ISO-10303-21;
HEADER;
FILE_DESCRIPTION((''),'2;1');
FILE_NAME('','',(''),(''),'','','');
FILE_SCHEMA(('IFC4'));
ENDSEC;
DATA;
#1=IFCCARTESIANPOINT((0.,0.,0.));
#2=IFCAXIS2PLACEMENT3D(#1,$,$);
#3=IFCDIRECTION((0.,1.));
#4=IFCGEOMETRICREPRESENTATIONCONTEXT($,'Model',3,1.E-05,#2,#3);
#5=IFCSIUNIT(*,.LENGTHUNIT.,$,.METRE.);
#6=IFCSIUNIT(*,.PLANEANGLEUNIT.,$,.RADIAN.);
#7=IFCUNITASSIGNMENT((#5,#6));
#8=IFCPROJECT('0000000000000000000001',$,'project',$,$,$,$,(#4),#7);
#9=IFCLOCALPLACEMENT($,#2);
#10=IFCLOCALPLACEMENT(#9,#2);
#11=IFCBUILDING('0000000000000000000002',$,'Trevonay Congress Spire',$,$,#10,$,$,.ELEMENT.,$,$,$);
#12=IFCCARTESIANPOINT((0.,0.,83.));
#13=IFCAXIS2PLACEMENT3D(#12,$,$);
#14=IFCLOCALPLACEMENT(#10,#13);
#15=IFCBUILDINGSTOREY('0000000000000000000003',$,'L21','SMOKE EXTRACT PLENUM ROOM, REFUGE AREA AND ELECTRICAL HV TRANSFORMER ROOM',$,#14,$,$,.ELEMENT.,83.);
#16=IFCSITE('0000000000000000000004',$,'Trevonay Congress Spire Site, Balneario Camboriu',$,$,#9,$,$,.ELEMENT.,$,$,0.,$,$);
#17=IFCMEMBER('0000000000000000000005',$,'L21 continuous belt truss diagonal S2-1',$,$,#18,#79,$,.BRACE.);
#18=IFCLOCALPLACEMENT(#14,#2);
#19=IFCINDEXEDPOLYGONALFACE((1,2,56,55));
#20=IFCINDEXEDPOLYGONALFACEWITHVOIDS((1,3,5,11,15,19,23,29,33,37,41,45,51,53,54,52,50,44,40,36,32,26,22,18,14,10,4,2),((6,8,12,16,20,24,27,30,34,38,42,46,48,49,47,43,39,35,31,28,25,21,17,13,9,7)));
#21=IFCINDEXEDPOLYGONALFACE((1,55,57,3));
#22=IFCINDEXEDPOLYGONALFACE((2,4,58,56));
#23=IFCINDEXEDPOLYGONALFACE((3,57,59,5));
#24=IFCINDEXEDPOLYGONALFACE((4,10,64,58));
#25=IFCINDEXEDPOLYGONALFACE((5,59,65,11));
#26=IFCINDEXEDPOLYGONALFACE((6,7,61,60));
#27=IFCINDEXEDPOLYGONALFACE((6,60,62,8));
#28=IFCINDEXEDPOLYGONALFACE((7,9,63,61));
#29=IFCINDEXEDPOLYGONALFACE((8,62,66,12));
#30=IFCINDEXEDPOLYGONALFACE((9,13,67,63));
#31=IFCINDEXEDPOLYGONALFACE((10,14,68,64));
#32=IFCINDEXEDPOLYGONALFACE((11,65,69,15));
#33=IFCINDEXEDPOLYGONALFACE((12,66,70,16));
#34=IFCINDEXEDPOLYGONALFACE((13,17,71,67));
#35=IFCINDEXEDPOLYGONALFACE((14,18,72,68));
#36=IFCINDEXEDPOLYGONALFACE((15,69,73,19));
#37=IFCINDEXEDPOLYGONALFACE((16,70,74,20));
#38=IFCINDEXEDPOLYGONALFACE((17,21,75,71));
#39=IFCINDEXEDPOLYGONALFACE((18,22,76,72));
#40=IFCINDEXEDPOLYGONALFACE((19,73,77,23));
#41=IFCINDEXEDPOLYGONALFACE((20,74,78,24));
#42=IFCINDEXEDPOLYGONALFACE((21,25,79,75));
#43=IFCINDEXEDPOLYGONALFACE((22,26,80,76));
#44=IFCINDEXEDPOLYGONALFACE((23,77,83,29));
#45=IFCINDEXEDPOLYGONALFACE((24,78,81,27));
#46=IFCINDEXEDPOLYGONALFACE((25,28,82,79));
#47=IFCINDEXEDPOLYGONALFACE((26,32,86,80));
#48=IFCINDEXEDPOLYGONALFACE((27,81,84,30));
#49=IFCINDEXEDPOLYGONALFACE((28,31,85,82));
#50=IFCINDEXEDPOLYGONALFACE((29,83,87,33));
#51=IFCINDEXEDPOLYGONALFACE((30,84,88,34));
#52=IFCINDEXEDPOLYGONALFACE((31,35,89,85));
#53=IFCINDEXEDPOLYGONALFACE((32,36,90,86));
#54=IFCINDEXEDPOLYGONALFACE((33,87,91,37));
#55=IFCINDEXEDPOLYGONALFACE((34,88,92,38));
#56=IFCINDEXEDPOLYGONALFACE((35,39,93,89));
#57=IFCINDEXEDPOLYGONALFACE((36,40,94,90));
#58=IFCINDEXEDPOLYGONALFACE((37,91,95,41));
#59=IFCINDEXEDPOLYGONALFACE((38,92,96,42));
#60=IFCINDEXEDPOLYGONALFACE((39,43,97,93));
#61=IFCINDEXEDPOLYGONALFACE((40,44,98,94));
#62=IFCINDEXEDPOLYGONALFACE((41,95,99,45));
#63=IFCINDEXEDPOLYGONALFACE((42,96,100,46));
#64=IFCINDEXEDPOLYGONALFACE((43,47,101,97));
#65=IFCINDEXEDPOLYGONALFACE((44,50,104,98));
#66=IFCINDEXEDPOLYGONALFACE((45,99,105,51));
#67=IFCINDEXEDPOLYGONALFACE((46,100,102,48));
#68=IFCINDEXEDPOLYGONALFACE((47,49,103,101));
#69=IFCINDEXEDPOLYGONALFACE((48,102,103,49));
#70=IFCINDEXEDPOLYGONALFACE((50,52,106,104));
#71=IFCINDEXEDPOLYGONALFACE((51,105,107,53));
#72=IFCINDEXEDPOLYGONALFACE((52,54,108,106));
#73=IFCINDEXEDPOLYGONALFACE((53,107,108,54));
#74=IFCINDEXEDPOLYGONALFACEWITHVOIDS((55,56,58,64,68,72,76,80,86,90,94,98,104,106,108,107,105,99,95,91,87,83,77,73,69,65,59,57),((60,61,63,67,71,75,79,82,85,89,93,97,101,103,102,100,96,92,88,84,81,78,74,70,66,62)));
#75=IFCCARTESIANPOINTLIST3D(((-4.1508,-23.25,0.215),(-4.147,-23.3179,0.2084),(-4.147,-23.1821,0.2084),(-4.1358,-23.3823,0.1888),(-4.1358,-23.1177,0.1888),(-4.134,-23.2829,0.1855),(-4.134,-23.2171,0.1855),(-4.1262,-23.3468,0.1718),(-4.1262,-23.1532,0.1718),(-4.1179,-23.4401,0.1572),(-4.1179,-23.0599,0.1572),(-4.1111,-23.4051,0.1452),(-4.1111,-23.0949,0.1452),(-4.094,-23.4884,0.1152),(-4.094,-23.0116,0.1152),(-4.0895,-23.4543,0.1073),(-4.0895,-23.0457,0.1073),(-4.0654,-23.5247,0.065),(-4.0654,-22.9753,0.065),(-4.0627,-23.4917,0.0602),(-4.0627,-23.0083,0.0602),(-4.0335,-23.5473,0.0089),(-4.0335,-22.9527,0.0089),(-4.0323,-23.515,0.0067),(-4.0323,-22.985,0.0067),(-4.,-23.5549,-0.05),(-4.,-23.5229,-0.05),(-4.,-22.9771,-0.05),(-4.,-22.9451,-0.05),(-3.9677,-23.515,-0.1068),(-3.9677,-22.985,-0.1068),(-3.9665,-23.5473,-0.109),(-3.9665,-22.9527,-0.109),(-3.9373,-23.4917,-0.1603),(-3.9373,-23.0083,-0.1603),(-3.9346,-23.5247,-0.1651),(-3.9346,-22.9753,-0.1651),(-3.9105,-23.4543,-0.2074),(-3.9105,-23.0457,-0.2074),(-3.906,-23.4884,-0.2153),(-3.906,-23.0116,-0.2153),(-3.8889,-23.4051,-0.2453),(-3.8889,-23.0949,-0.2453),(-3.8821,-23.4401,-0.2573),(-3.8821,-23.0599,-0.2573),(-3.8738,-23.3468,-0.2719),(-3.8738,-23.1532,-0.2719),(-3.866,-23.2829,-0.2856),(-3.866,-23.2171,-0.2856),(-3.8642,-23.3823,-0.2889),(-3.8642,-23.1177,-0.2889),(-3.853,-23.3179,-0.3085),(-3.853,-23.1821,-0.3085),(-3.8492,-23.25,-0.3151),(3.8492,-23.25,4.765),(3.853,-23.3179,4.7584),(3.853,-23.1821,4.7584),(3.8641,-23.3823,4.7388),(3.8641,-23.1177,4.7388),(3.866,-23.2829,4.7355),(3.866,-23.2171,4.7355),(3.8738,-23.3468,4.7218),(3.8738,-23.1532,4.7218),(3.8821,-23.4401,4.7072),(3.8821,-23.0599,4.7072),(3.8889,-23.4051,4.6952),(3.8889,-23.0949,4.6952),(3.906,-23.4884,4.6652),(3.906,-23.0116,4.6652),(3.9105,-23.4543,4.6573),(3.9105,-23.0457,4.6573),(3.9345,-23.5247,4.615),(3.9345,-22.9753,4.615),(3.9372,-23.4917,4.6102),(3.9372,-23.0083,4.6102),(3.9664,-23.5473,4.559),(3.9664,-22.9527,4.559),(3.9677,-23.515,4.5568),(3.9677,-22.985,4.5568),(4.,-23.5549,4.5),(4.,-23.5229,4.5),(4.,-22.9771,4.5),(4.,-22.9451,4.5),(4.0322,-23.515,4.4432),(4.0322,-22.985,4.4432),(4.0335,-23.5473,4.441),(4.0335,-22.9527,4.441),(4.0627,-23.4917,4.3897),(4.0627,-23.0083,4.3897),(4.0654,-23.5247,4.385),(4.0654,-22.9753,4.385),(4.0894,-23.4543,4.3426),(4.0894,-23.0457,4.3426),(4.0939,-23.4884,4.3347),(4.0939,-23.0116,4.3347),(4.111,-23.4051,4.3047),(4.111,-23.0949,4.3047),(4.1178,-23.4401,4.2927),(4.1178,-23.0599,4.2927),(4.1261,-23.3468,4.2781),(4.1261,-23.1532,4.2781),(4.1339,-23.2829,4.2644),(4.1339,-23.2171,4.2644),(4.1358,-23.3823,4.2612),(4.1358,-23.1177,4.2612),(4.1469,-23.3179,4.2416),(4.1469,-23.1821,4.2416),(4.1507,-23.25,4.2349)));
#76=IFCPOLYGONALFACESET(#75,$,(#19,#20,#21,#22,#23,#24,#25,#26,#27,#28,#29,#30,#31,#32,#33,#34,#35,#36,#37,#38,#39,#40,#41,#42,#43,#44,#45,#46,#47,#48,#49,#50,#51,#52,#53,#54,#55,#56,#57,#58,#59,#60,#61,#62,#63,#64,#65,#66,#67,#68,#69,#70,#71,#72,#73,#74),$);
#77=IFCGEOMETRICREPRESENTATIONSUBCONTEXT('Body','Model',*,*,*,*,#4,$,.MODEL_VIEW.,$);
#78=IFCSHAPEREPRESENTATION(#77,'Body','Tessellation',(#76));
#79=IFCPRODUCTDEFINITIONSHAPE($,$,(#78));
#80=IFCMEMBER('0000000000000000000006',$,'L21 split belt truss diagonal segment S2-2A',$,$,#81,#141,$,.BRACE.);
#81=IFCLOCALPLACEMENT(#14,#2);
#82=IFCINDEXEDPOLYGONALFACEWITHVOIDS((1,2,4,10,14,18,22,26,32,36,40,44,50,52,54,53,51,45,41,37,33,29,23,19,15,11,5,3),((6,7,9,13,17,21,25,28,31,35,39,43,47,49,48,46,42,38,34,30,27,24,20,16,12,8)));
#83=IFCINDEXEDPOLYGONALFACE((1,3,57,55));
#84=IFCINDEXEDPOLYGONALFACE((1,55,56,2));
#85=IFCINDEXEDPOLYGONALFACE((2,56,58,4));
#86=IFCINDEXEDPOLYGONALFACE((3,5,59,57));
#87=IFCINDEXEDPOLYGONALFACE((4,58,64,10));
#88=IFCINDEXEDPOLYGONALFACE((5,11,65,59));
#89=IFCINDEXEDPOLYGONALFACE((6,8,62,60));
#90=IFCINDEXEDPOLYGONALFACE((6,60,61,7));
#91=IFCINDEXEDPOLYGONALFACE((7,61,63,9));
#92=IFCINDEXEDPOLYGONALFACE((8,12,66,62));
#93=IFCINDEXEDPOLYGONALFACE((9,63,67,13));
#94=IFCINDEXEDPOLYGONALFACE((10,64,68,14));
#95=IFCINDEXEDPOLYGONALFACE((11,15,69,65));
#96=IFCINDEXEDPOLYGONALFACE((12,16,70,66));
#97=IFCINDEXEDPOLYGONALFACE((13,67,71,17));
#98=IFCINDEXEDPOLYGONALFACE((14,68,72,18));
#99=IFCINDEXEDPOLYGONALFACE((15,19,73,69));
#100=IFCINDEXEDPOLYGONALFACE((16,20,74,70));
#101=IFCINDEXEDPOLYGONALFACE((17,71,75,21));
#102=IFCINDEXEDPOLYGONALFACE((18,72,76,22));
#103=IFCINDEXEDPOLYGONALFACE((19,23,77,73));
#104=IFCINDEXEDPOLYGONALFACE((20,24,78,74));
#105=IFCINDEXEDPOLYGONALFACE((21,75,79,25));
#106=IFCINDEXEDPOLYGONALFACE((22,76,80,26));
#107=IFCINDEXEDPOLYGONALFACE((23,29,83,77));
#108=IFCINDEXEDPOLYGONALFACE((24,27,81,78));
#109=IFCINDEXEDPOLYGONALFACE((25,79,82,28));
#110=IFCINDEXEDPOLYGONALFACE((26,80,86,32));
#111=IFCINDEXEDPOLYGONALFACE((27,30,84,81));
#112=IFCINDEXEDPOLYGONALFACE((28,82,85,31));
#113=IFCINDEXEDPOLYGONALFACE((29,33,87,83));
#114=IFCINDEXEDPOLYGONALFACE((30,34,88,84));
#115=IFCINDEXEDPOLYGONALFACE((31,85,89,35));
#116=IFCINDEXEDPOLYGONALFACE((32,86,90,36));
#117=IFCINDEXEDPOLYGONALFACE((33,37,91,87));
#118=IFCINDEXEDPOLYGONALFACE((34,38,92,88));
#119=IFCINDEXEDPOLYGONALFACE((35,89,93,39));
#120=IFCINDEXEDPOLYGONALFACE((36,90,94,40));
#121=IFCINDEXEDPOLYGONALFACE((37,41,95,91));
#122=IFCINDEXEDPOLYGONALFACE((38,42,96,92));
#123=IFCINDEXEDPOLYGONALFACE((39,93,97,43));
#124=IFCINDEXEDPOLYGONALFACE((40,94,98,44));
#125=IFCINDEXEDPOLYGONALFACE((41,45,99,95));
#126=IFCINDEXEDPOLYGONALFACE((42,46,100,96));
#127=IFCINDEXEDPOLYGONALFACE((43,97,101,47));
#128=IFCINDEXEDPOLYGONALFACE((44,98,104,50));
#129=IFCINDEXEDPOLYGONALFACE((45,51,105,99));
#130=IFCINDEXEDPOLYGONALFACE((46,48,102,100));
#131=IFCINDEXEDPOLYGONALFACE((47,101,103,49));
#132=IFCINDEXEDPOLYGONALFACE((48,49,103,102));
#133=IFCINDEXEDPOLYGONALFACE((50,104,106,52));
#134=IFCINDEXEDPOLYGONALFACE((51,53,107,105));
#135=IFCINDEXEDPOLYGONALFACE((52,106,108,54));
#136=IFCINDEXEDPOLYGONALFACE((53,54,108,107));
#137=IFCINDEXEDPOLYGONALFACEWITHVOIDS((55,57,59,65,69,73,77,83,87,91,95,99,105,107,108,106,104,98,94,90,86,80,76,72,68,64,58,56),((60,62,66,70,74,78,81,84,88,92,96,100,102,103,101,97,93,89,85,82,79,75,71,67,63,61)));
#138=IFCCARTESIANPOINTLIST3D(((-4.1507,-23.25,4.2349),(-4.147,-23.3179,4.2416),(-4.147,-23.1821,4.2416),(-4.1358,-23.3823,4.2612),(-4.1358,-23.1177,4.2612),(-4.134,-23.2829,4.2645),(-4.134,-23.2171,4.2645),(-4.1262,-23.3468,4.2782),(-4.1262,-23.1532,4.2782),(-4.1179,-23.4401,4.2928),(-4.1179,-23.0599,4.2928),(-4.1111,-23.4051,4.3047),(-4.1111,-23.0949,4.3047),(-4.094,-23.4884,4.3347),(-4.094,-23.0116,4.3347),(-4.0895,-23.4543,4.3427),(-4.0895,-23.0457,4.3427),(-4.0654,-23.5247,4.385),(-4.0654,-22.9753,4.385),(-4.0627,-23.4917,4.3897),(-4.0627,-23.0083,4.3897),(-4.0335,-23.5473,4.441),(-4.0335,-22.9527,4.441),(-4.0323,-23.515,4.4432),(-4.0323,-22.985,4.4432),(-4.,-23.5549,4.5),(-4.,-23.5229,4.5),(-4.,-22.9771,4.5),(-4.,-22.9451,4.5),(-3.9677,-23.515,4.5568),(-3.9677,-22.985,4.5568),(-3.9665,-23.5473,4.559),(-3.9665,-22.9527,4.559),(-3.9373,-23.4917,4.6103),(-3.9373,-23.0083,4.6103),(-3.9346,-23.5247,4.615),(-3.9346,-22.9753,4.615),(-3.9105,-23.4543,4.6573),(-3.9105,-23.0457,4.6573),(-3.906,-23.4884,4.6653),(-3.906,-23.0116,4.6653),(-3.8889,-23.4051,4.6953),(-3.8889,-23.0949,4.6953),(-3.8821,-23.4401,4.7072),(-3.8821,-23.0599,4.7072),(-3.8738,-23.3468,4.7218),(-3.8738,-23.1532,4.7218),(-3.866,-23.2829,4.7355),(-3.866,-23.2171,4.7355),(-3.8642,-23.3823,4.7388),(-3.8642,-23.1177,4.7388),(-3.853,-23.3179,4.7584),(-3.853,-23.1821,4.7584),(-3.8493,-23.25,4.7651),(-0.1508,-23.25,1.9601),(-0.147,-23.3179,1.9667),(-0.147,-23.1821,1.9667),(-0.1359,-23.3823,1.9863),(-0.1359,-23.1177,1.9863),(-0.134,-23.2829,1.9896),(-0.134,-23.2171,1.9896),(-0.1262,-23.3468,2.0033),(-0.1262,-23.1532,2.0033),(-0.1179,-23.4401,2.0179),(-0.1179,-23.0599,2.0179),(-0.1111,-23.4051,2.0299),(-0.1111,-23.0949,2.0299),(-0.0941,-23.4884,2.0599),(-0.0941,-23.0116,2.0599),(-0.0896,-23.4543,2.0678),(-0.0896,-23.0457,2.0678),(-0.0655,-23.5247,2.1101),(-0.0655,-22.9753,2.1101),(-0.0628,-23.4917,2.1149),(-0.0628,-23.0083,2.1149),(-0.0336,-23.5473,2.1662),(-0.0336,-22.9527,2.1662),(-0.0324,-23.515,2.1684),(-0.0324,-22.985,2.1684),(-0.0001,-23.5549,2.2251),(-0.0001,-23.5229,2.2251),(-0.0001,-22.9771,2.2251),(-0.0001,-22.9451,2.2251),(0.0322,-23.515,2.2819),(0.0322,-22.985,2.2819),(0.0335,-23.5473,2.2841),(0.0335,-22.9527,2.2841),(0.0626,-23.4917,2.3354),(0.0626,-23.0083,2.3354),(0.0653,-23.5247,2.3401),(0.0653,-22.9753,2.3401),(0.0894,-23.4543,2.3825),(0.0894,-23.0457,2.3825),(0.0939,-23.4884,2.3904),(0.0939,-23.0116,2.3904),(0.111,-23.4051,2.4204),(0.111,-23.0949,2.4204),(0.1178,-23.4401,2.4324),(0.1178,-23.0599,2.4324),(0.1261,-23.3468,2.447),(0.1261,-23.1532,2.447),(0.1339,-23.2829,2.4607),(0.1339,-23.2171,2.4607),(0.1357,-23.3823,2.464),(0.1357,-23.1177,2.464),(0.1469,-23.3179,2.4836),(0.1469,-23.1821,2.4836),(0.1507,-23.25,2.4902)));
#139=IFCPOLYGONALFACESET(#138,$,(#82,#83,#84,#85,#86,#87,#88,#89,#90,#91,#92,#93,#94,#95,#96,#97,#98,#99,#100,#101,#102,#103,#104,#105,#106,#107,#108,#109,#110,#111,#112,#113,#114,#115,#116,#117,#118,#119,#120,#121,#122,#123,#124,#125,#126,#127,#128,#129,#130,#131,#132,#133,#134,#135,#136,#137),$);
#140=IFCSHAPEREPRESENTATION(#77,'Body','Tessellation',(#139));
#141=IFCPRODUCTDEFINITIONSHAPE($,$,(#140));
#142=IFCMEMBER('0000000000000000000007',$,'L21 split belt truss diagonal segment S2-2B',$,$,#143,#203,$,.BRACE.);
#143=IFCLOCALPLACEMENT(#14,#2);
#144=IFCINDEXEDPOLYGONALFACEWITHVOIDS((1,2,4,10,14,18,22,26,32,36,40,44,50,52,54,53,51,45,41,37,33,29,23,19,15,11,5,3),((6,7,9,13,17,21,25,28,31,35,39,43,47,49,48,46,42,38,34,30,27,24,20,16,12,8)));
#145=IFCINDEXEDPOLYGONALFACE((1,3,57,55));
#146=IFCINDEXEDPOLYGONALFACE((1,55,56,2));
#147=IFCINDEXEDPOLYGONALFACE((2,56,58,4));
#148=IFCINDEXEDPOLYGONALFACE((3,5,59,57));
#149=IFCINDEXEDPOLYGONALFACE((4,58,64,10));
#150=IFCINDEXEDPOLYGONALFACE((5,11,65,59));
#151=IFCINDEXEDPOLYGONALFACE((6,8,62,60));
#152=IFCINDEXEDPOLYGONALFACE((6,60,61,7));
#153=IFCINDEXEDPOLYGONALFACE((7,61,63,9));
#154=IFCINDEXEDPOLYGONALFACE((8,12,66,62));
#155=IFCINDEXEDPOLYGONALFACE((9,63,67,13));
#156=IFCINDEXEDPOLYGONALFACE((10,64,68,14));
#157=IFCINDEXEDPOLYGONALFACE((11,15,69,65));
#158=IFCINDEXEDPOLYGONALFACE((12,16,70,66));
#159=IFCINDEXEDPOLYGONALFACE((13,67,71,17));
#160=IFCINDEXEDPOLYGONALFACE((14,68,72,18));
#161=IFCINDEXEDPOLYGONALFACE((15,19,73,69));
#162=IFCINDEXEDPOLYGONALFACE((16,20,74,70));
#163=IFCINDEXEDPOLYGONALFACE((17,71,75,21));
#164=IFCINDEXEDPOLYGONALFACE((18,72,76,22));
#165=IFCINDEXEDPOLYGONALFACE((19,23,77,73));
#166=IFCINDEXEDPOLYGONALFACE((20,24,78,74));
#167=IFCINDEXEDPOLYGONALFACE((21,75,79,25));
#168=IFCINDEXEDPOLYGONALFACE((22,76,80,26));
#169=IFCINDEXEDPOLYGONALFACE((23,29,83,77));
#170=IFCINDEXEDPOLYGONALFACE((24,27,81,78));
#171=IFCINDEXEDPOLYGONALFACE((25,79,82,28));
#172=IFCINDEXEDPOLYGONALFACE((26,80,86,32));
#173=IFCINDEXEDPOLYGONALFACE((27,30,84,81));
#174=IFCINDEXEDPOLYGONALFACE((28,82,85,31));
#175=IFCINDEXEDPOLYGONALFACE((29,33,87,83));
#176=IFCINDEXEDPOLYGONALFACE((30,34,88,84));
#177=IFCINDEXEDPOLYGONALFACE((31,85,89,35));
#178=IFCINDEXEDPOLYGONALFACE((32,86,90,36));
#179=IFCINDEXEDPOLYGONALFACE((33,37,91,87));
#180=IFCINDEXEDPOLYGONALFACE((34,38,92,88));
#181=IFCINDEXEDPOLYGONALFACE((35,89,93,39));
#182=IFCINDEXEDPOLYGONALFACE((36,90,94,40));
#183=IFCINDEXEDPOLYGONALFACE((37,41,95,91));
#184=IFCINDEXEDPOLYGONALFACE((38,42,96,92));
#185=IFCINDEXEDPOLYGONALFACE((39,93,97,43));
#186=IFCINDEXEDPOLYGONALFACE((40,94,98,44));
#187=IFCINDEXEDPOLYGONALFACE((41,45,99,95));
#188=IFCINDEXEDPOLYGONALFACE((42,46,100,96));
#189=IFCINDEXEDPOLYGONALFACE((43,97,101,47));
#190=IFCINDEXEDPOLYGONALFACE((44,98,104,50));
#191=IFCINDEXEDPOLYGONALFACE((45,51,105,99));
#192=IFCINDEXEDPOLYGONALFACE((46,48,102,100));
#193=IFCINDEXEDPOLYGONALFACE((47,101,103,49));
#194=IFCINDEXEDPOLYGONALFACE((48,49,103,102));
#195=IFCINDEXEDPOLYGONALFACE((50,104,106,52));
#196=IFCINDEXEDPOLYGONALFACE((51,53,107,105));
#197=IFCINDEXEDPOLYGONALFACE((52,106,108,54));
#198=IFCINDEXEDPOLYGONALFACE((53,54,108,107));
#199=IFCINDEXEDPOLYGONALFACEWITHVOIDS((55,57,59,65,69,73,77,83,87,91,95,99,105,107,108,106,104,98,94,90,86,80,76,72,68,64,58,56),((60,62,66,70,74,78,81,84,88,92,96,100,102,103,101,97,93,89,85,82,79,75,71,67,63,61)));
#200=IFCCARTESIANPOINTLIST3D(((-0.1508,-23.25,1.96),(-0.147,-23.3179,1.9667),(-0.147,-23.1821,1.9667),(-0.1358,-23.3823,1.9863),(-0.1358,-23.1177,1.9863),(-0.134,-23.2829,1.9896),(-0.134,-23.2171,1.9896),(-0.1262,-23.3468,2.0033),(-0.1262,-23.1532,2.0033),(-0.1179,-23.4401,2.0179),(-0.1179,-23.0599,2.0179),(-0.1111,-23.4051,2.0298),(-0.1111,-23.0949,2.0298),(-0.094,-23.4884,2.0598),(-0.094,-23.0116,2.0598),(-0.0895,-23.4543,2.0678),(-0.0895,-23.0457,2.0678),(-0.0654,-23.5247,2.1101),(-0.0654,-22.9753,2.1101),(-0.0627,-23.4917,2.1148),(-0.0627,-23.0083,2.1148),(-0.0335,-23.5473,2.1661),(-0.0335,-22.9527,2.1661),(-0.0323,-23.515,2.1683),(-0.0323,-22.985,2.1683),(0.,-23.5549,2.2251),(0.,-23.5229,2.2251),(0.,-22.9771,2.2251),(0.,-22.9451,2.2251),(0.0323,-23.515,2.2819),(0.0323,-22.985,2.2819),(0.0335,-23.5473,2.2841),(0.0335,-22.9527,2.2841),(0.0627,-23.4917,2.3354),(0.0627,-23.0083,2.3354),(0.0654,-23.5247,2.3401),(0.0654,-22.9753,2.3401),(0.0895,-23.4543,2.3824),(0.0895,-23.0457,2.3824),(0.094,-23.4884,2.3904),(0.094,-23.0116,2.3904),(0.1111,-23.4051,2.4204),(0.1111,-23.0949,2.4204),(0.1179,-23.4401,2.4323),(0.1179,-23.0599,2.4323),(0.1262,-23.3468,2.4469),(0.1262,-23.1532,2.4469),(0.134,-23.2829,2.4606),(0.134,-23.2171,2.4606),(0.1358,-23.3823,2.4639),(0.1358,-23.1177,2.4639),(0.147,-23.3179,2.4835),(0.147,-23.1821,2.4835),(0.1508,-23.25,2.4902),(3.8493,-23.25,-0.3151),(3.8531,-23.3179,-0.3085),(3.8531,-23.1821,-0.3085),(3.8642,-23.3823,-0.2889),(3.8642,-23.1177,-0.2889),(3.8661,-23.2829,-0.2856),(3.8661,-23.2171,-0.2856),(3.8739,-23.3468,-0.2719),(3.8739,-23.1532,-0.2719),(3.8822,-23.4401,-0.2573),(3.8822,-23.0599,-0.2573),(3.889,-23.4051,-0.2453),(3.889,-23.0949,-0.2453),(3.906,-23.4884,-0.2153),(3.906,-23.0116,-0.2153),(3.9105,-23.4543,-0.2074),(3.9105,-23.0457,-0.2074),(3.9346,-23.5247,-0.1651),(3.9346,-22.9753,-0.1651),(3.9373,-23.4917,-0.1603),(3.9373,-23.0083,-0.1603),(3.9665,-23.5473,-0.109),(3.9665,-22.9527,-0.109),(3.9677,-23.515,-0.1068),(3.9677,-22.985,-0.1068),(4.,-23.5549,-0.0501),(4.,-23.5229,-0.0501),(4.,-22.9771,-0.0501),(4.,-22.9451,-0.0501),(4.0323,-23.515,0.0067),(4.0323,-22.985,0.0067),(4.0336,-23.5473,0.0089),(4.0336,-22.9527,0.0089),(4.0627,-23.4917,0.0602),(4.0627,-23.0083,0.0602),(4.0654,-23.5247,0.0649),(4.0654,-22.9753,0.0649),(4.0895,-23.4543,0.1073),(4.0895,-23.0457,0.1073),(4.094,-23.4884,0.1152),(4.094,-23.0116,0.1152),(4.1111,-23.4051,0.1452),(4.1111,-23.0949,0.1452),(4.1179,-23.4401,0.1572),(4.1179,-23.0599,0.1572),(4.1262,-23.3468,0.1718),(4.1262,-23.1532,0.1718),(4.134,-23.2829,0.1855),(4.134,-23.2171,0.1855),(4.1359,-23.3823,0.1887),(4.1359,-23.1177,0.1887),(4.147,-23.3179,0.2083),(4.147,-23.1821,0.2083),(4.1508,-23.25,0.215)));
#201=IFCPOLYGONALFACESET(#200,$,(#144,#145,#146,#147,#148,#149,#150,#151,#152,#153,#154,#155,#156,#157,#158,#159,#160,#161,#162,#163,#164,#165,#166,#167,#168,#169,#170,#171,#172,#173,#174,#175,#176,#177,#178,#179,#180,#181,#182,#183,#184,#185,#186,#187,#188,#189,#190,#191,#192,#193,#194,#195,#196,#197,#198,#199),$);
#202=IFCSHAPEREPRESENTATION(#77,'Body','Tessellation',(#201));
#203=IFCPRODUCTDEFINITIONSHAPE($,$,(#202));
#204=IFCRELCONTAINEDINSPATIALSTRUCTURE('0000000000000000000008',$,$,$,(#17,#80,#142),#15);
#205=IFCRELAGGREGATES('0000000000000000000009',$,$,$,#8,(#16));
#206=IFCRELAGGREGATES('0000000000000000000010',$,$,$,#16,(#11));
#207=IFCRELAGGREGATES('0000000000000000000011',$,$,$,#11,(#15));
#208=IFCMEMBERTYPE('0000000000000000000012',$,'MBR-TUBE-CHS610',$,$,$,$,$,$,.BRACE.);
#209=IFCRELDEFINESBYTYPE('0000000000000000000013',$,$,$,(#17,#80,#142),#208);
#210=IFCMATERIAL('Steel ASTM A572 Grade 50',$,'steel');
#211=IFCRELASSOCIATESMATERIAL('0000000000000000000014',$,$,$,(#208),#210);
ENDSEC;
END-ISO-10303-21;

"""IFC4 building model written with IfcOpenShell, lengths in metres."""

from ifc_helpers import new_model, si_unit, direction, frame, origin, origin_2d, place, context, subcontext, project, spatial, hollow_circle, extrude, material, material_profile, profile_set, type_object, element, save


model = new_model("IFC4")

# Units and contexts
model_context = context("Model", 3, precision=1e-05, world=origin(), true_north=direction((0.0, 1.0)))
body_context = subcontext(model_context, "Body", "Model", "MODEL_VIEW")
ifc_project = project(units=[si_unit("LENGTHUNIT", "METRE"), si_unit("PLANEANGLEUNIT", "RADIAN")], contexts=[model_context])

# Site, building, storey
site_placement = place(None, origin())
site = spatial("IfcSite", under=ifc_project, at=site_placement, Name="Trevonay Congress Spire Site, Balneario Camboriu", CompositionType="ELEMENT", RefElevation=0.0)
building_placement = place(site_placement, origin())
building = spatial("IfcBuilding", under=site, at=building_placement, Name="Trevonay Congress Spire", CompositionType="ELEMENT")
storey_placement = place(building_placement, frame((0.0, 0.0, 83.0)))
storey = spatial("IfcBuildingStorey", under=building, at=storey_placement, Name="L21", Description="SMOKE EXTRACT PLENUM ROOM, REFUGE AREA AND ELECTRICAL HV TRANSFORMER ROOM", CompositionType="ELEMENT", Elevation=83.0)

# Shared definitions
ifc_material_1 = material(Name="Steel ASTM A572 Grade 50", Category="steel")

# Members
ifc_material_profile_1 = material_profile(ifc_material_1, hollow_circle(Radius=0.3049, WallThickness=0.032, at=origin_2d()), Name="CHS 610x32")
ifc_profile_set_1 = profile_set([ifc_material_profile_1], Name="Steel ASTM A572 Grade 50")
member_type_1 = type_object("IfcMemberType", Name="MBR-TUBE-CHS610", PredefinedType="BRACE", material=ifc_profile_set_1)
member_1_placement = place(storey_placement, frame((-4.0, -23.25, -0.05), z_axis=(0.869242, 0.0, 0.494387), x_axis=(0.0, 1.0, 0.0)))
element("IfcMember", 1, at=member_1_placement, inside=storey, type_object=member_type_1, Name="L21 continuous belt truss diagonal S2-1", PredefinedType="BRACE", context=body_context, shape_type="SweptSolid", body=[
    extrude(hollow_circle(Radius=0.3049, WallThickness=0.032, at=origin_2d()), origin(), (0.0, 0.0, 1.0), 9.2034),
])
member_2_placement = place(storey_placement, frame((-4.0, -23.25, 4.5), z_axis=(0.869253, 0.0, -0.494367), x_axis=(0.0, 1.0, 0.0)))
element("IfcMember", 2, at=member_2_placement, inside=storey, type_object=member_type_1, Name="L21 split belt truss diagonal segment S2-2A", PredefinedType="BRACE", context=body_context, shape_type="SweptSolid", body=[
    extrude(hollow_circle(Radius=0.3049, WallThickness=0.032, at=origin_2d()), origin(), (0.0, 0.0, 1.0), 4.6016),
])
member_3_placement = place(storey_placement, frame((0.0, -23.25, 2.2251), z_axis=(0.869231, 0.0, -0.494407), x_axis=(0.0, 1.0, 0.0)))
element("IfcMember", 3, at=member_3_placement, inside=storey, type_object=member_type_1, Name="L21 split belt truss diagonal segment S2-2B", PredefinedType="BRACE", context=body_context, shape_type="SweptSolid", body=[
    extrude(hollow_circle(Radius=0.3049, WallThickness=0.032, at=origin_2d()), origin(), (0.0, 0.0, 1.0), 4.6018),
])

save(model, "model.ifc")
